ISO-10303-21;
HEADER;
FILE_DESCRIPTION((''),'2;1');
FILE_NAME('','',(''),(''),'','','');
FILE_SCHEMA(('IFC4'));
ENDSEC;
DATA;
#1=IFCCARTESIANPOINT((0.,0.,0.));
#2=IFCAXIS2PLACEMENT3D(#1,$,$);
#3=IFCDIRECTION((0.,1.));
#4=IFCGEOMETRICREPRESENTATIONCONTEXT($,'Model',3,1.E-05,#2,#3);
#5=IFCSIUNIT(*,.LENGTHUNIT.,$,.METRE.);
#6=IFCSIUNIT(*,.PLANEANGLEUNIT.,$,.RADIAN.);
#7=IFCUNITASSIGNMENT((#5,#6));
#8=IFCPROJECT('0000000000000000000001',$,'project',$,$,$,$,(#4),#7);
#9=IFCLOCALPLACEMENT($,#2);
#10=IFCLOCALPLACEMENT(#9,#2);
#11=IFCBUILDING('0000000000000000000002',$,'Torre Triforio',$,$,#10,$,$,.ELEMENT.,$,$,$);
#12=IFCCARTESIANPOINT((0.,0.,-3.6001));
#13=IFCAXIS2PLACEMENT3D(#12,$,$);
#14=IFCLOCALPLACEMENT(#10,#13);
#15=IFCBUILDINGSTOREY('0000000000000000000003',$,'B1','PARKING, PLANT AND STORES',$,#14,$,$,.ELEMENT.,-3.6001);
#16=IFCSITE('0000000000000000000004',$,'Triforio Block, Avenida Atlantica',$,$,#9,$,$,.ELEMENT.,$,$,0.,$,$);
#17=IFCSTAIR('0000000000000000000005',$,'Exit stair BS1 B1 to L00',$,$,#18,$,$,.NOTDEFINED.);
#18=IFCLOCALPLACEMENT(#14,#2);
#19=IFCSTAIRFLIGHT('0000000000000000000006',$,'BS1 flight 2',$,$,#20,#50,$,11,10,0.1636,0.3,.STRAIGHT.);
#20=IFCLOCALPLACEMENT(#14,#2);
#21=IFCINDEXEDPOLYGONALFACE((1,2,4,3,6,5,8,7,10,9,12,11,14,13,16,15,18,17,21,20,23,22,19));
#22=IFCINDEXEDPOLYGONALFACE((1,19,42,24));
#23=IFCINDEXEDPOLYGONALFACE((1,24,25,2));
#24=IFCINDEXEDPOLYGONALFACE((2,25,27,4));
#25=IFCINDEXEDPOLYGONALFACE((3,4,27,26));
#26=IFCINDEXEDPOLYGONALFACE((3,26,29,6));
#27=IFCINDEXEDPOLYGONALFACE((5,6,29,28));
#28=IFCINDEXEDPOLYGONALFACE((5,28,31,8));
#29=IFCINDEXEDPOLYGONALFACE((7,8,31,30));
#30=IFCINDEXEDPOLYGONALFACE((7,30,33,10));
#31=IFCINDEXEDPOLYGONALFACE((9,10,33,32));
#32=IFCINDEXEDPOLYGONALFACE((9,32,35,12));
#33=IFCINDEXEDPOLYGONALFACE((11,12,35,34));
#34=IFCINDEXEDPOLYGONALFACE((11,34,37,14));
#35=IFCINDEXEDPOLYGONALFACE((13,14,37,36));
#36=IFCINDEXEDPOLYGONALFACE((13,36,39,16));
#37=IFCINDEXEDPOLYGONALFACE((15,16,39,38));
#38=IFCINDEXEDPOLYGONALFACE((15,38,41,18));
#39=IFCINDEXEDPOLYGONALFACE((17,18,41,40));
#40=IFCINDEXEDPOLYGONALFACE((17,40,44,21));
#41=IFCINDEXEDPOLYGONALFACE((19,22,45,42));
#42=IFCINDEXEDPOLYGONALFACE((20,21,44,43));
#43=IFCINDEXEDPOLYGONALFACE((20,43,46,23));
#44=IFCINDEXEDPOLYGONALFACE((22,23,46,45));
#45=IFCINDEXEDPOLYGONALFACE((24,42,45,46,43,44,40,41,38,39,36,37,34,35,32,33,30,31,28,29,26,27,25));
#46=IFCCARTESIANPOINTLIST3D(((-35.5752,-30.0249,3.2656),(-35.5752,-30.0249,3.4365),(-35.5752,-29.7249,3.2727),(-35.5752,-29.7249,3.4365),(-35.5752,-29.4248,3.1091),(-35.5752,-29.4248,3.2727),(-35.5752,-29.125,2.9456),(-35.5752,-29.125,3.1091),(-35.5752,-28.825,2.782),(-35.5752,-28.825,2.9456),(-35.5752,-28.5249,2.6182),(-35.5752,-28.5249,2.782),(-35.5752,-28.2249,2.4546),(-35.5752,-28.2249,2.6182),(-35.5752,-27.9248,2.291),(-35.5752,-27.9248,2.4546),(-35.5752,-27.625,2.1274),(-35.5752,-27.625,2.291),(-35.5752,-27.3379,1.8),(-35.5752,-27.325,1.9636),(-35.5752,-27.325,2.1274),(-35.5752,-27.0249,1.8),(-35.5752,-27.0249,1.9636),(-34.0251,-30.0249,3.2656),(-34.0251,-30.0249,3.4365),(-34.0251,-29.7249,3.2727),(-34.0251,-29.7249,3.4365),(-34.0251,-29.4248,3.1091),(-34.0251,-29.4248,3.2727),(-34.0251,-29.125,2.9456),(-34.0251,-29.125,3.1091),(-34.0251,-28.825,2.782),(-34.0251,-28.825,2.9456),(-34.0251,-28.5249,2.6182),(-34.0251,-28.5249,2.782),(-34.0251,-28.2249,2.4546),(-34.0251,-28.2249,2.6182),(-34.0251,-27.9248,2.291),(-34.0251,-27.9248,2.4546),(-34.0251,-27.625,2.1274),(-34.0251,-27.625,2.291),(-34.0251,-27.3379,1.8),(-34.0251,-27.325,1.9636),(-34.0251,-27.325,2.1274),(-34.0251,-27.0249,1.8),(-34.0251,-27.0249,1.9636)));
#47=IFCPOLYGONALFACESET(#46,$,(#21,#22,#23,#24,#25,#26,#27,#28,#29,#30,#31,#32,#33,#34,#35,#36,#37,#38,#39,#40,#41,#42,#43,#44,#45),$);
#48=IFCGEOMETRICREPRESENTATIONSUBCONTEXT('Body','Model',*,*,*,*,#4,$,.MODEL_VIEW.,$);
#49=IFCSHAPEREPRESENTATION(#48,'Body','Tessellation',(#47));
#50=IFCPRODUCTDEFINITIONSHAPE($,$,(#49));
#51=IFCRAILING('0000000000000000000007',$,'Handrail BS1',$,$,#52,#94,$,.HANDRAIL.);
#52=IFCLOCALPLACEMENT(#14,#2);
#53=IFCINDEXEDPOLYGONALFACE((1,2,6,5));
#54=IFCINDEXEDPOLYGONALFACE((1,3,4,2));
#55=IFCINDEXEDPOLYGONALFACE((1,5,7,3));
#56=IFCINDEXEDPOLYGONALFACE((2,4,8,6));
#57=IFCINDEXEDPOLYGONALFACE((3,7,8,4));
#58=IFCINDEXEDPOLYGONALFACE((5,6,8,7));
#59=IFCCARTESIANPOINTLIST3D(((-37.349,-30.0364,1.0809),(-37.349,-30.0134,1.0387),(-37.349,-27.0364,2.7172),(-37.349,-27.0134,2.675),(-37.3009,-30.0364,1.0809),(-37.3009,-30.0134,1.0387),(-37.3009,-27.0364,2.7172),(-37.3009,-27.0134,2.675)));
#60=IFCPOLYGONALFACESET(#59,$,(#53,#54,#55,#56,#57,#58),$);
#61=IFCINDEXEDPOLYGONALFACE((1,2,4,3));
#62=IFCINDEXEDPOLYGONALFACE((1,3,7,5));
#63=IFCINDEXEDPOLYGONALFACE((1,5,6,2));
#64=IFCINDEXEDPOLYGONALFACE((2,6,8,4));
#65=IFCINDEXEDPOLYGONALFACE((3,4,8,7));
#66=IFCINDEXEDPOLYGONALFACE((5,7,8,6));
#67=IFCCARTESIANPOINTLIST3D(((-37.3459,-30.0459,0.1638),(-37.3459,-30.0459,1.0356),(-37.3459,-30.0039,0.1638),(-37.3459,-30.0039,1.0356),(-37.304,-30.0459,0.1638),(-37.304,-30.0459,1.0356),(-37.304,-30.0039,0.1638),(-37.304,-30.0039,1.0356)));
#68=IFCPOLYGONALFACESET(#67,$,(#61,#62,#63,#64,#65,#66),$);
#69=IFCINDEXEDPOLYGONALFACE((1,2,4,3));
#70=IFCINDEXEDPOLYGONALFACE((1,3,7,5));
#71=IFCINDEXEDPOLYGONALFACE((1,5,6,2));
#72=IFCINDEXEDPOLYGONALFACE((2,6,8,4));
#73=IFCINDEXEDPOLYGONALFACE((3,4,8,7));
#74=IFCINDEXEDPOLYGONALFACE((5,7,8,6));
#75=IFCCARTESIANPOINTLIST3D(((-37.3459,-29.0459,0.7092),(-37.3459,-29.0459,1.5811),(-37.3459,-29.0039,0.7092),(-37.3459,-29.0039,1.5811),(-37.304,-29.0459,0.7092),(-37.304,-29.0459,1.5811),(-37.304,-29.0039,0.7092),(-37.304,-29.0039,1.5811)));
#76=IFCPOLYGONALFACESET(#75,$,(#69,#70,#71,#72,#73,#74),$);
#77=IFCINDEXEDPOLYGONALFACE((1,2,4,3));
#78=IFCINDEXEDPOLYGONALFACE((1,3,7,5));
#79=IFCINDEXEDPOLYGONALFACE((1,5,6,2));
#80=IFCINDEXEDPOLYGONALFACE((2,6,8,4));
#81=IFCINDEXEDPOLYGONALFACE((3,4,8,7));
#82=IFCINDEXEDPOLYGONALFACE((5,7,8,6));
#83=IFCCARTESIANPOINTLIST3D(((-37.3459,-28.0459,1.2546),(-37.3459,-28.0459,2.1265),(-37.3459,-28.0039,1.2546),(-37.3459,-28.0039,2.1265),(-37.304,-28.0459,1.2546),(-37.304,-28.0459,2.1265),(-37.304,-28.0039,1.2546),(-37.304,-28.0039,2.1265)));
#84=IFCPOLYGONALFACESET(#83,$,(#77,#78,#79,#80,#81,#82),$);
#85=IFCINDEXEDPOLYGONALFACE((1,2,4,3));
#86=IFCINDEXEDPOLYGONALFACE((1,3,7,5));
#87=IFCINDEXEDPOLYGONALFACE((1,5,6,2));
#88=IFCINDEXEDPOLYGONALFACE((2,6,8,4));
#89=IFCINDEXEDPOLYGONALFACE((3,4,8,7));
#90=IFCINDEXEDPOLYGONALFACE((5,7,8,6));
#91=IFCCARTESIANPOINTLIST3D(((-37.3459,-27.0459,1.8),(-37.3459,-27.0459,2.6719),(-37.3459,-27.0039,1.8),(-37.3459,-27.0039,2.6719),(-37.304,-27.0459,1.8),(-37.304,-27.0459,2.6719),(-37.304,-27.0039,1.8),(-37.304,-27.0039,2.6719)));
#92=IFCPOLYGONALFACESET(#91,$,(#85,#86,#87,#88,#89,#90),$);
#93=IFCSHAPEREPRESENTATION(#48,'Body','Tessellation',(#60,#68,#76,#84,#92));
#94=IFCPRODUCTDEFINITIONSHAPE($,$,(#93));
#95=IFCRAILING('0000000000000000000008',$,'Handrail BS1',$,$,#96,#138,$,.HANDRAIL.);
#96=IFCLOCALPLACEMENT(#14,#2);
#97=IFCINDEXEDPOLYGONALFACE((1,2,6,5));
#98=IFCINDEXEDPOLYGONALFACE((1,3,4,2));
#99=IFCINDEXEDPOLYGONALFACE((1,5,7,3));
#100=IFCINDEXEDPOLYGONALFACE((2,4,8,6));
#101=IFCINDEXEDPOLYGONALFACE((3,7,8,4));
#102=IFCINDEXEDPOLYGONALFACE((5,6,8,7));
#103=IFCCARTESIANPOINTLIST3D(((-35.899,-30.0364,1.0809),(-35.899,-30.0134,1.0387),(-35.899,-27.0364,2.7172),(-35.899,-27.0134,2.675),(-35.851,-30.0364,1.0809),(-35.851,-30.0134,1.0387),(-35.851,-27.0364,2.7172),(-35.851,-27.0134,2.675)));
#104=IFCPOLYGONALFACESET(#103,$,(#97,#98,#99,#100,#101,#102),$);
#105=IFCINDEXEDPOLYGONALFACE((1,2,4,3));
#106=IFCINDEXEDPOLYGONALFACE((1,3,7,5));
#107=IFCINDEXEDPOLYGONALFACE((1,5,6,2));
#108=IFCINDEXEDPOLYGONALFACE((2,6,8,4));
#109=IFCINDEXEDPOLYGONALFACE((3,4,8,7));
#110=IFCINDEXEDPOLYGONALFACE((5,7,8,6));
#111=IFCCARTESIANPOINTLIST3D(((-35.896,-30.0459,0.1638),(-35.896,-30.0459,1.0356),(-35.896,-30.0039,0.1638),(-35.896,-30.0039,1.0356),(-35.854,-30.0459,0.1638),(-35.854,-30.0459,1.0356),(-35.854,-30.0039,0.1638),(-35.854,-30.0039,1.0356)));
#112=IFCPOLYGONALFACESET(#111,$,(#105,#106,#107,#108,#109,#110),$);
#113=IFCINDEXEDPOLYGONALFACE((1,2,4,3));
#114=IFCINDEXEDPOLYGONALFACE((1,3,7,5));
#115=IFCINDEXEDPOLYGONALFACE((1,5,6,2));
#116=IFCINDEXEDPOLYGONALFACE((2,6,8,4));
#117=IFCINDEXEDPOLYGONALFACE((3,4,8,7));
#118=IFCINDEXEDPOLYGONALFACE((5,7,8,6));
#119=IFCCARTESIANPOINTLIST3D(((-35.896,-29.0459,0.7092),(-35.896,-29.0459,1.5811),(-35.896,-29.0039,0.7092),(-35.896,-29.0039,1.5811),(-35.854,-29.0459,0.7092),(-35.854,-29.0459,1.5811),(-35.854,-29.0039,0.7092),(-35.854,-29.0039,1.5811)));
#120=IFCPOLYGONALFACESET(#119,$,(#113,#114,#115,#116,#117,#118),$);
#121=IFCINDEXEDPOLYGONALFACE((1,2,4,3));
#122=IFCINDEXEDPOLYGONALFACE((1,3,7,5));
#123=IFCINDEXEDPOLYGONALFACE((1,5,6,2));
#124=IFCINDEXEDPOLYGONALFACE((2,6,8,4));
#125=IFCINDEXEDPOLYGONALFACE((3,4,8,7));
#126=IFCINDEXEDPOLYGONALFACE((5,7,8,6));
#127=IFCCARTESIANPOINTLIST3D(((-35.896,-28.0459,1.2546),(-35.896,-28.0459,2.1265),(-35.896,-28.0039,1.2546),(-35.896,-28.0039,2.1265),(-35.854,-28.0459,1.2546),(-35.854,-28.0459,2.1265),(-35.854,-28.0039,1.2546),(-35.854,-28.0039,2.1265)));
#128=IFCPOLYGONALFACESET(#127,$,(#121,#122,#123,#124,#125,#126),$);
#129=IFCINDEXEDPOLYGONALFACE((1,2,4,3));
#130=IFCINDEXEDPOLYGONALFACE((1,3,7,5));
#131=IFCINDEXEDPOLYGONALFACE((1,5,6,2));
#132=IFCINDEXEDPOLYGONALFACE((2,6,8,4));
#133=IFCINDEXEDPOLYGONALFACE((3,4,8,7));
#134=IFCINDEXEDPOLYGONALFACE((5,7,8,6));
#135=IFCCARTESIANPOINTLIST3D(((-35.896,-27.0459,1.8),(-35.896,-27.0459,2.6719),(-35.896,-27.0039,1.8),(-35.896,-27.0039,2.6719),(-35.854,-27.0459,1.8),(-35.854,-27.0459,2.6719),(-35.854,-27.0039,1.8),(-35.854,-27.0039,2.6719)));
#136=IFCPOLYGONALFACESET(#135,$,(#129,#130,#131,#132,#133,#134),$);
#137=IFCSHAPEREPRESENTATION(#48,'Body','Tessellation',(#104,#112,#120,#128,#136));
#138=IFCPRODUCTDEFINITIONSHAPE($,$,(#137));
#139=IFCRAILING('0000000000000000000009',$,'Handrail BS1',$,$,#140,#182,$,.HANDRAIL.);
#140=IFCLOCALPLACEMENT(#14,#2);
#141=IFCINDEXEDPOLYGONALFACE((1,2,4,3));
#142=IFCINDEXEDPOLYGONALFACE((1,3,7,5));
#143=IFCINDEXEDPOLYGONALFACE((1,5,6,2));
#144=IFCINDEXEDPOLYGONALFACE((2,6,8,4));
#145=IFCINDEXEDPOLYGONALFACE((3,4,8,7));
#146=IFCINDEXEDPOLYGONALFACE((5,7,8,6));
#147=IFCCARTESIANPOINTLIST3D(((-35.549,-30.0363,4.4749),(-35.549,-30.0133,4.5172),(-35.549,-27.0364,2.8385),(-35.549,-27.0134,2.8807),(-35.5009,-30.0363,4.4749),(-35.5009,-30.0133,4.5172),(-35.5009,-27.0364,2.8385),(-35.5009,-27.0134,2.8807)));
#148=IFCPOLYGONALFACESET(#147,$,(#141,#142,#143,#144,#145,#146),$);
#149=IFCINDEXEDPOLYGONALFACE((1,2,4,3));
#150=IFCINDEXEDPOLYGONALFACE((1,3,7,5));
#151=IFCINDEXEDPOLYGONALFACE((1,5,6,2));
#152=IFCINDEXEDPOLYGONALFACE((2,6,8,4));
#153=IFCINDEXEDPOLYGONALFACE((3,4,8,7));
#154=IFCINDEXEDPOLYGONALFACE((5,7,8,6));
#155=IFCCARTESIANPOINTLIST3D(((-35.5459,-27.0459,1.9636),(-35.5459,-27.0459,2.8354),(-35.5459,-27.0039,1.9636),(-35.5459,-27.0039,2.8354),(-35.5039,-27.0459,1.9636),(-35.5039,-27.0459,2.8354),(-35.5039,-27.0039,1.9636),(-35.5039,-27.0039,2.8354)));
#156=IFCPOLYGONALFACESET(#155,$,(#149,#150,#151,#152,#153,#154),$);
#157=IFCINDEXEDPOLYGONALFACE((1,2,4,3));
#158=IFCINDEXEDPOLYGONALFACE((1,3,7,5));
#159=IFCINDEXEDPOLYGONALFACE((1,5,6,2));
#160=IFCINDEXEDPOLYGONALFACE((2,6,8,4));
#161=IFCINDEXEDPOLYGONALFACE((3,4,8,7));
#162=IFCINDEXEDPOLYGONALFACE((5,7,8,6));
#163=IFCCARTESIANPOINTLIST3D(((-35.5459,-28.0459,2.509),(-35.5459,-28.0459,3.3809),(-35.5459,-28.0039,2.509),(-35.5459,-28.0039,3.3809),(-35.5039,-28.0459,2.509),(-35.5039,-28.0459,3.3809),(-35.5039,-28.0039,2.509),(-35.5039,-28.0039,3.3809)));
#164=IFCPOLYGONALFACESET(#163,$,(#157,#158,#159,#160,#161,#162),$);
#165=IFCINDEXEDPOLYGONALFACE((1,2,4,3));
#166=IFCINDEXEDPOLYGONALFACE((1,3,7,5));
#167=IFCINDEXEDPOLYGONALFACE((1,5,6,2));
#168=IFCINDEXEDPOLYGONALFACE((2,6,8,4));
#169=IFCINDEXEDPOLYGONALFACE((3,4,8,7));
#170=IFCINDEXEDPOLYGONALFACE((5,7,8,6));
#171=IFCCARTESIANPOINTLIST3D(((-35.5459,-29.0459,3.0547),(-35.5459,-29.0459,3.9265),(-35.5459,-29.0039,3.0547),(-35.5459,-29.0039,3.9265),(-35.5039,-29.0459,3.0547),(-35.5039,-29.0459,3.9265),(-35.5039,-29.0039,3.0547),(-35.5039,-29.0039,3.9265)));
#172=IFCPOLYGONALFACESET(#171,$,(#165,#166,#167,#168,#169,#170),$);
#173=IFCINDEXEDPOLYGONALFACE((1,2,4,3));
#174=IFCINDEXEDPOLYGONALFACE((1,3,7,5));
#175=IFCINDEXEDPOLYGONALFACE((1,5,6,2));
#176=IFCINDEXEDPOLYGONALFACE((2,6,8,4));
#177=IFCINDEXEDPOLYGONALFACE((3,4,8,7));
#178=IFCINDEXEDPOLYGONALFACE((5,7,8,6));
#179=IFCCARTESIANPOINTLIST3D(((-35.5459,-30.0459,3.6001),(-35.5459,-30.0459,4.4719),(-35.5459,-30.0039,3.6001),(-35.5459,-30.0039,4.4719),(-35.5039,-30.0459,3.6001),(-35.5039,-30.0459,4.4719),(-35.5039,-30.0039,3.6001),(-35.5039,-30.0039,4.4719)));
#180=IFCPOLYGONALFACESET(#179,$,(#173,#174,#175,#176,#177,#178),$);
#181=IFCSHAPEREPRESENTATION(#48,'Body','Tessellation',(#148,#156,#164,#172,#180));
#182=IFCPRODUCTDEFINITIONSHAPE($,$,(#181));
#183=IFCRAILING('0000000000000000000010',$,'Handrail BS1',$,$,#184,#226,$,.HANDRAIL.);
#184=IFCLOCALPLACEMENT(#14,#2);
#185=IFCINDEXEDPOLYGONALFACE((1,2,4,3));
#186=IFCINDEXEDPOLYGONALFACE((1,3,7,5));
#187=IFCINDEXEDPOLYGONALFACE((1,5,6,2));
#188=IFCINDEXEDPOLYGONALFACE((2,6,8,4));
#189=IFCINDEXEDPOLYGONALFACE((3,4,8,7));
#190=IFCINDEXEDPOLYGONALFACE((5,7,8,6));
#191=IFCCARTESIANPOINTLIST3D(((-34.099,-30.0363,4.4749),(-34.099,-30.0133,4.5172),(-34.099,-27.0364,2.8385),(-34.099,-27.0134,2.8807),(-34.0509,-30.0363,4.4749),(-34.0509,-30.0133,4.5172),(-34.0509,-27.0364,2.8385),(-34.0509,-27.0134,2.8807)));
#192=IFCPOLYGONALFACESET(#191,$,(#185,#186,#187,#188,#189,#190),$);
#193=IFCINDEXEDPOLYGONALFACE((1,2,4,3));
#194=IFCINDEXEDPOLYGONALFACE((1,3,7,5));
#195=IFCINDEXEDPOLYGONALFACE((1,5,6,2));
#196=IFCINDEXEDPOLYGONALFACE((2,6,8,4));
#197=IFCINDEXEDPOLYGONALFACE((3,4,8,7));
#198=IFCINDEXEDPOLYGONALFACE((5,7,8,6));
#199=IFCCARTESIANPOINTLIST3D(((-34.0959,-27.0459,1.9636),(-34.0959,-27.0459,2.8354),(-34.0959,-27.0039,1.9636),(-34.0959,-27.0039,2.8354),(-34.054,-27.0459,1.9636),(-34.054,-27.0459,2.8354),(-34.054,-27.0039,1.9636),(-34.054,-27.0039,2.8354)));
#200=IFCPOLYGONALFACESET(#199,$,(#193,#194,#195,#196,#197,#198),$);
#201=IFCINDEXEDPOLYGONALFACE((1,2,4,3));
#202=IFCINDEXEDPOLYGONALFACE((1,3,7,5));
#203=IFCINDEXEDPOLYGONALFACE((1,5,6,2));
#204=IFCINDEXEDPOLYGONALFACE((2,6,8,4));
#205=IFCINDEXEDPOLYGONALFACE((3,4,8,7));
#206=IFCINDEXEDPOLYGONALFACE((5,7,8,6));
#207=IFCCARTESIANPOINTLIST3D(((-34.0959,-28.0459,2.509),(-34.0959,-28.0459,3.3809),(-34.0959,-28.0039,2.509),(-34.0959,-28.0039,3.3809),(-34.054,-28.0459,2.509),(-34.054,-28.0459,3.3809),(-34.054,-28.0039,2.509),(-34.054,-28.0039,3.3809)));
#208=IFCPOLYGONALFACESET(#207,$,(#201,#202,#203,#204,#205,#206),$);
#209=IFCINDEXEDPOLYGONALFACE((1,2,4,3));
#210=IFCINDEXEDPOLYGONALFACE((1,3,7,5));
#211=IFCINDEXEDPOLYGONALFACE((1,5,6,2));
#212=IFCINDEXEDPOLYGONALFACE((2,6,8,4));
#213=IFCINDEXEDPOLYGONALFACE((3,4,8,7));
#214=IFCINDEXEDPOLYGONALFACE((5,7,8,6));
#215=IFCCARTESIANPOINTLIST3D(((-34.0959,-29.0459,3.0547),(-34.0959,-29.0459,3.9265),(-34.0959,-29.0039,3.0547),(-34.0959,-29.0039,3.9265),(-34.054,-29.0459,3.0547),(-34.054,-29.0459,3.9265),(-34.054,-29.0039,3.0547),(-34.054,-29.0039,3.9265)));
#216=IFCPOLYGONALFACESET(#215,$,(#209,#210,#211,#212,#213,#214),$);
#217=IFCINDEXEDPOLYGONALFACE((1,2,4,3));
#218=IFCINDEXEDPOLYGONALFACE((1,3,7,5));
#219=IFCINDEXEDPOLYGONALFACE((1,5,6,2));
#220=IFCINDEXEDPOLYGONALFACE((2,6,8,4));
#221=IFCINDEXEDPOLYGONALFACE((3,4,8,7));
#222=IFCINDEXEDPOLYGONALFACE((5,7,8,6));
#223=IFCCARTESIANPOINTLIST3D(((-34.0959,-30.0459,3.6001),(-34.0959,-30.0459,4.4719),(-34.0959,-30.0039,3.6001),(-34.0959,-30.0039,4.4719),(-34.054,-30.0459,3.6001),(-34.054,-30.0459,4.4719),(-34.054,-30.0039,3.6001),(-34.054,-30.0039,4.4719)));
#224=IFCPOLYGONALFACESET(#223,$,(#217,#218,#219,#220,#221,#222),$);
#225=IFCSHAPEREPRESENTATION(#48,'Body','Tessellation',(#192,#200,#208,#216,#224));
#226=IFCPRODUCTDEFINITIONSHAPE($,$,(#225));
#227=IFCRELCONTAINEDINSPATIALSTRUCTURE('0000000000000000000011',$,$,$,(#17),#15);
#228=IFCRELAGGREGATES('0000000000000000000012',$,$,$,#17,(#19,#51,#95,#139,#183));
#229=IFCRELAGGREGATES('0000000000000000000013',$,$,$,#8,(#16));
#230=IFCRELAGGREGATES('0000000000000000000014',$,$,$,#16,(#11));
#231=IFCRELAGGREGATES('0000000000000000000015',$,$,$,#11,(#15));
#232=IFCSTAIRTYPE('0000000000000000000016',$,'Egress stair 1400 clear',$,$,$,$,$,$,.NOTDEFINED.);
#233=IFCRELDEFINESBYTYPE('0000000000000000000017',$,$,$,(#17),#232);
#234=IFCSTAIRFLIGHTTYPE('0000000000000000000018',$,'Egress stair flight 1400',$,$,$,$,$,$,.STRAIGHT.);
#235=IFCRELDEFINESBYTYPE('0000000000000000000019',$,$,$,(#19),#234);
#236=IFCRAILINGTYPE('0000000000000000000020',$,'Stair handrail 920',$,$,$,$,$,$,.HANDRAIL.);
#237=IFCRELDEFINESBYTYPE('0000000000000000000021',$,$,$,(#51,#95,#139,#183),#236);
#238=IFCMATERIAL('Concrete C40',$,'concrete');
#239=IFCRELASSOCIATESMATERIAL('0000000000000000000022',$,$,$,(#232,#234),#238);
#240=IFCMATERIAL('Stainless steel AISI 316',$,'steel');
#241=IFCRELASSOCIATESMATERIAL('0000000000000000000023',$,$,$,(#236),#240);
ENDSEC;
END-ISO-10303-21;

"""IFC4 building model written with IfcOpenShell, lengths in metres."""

from ifc_helpers import new_model, si_unit, direction, frame, origin, origin_2d, place, context, subcontext, project, spatial, polyline, rectangle, outline, extrude, material, type_object, element, aggregate, save


model = new_model("IFC4")

# Units and contexts
model_context = context("Model", 3, precision=1e-05, world=origin(), true_north=direction((0.0, 1.0)))
body_context = subcontext(model_context, "Body", "Model", "MODEL_VIEW")
ifc_project = project(units=[si_unit("LENGTHUNIT", "METRE"), si_unit("PLANEANGLEUNIT", "RADIAN")], contexts=[model_context])

# Site, building, storey
site_placement = place(None, origin())
site = spatial("IfcSite", under=ifc_project, at=site_placement, Name="Triforio Block, Avenida Atlantica", CompositionType="ELEMENT", RefElevation=0.0)
building_placement = place(site_placement, origin())
building = spatial("IfcBuilding", under=site, at=building_placement, Name="Torre Triforio", CompositionType="ELEMENT")
storey_placement = place(building_placement, frame((0.0, 0.0, -3.6001)))
storey = spatial("IfcBuildingStorey", under=building, at=storey_placement, Name="B1", Description="PARKING, PLANT AND STORES", CompositionType="ELEMENT", Elevation=-3.6001)

# Shared definitions
ifc_material_1 = material(Name="Concrete C40", Category="concrete")

# Stair, stair flight, railings
stair_type = type_object("IfcStairType", Name="Egress stair 1400 clear", PredefinedType="NOTDEFINED", material=ifc_material_1)
stair_placement = place(storey_placement, origin())
stair = element("IfcStair", 1, at=stair_placement, inside=storey, type_object=stair_type, Name="Exit stair BS1 B1 to L00", PredefinedType="NOTDEFINED")
stair_flight_type = type_object("IfcStairFlightType", Name="Egress stair flight 1400", PredefinedType="STRAIGHT", material=ifc_material_1)
stair_flight_1_placement = place(storey_placement, frame((-34.8, -27.0249, 1.8), z_axis=(0.0, 0.0, 1.0), x_axis=(0.0, -1.0, 0.0)))
stair_flight_1 = element("IfcStairFlight", 2, at=stair_flight_1_placement, type_object=stair_flight_type, Name="BS1 flight 2", NumberOfRisers=11, NumberOfTreads=10, PredefinedType="STRAIGHT", RiserHeight=0.1636, TreadLength=0.3, context=body_context, shape_type="SweptSolid", body=[
    extrude(outline(polyline([(0.0, 0.0), (0.0, 0.1636), (0.3, 0.1636), (0.3, 0.3274), (0.6001, 0.3274), (0.6001, 0.491), (0.8999, 0.491), (0.8999, 0.6545), (1.2, 0.6545), (1.2, 0.8181), (1.5, 0.8181), (1.5, 0.9819), (1.8, 0.9819), (1.8, 1.1455), (2.1001, 1.1455), (2.1001, 1.3091), (2.3999, 1.3091), (2.3999, 1.4727), (2.7, 1.4727), (2.7, 1.6365), (3.0, 1.6365), (3.0, 1.8), (3.0, 1.4656), (0.313, 0.0), (0.0, 0.0)])), frame((0.0, 0.7749, 0.0), z_axis=(0.0, -1.0, 0.0), x_axis=(1.0, 0.0, 0.0)), (0.0, 0.0, 1.0), 1.55),
])
ifc_material_2 = material(Name="Stainless steel AISI 316", Category="steel")
railing_type_1 = type_object("IfcRailingType", Name="Stair handrail 920", PredefinedType="HANDRAIL", material=ifc_material_2)
railing_1_placement = place(storey_placement, frame((-37.325, -30.0249, 0.1638)))
railing_1 = element("IfcRailing", 3, at=railing_1_placement, type_object=railing_type_1, Name="Handrail BS1", PredefinedType="HANDRAIL", context=body_context, shape_type="SweptSolid", body=[
    extrude(rectangle(XDim=0.0481, YDim=0.0481, at=origin_2d()), frame((0.0, 0.0, 0.896), z_axis=(0.0, 0.877912, 0.478822), x_axis=(-1.0, 0.0, 0.0)), (0.0, 0.0, 1.0), 3.4172),
    extrude(rectangle(XDim=0.042, YDim=0.042, at=origin_2d()), origin(), (0.0, 0.0, 1.0), 0.8718),
    extrude(rectangle(XDim=0.042, YDim=0.042, at=origin_2d()), frame((0.0, 1.0, 0.5454)), (0.0, 0.0, 1.0), 0.8718),
    extrude(rectangle(XDim=0.042, YDim=0.042, at=origin_2d()), frame((0.0, 2.0, 1.0908)), (0.0, 0.0, 1.0), 0.8718),
    extrude(rectangle(XDim=0.042, YDim=0.042, at=origin_2d()), frame((0.0, 3.0, 1.6362)), (0.0, 0.0, 1.0), 0.8718),
])
railing_2_placement = place(storey_placement, frame((-35.875, -30.0249, 0.1638)))
railing_2 = element("IfcRailing", 4, at=railing_2_placement, type_object=railing_type_1, Name="Handrail BS1", PredefinedType="HANDRAIL", context=body_context, shape_type="SweptSolid", body=[
    extrude(rectangle(XDim=0.0481, YDim=0.0481, at=origin_2d()), frame((0.0, 0.0, 0.896), z_axis=(0.0, 0.877912, 0.478822), x_axis=(-1.0, 0.0, 0.0)), (0.0, 0.0, 1.0), 3.4172),
    extrude(rectangle(XDim=0.042, YDim=0.042, at=origin_2d()), origin(), (0.0, 0.0, 1.0), 0.8718),
    extrude(rectangle(XDim=0.042, YDim=0.042, at=origin_2d()), frame((0.0, 1.0, 0.5454)), (0.0, 0.0, 1.0), 0.8718),
    extrude(rectangle(XDim=0.042, YDim=0.042, at=origin_2d()), frame((0.0, 2.0, 1.0908)), (0.0, 0.0, 1.0), 0.8718),
    extrude(rectangle(XDim=0.042, YDim=0.042, at=origin_2d()), frame((0.0, 3.0, 1.6362)), (0.0, 0.0, 1.0), 0.8718),
])
railing_3_placement = place(storey_placement, frame((-35.5249, -27.0249, 1.9636)))
railing_3 = element("IfcRailing", 5, at=railing_3_placement, type_object=railing_type_1, Name="Handrail BS1", PredefinedType="HANDRAIL", context=body_context, shape_type="SweptSolid", body=[
    extrude(rectangle(XDim=0.0481, YDim=0.0481, at=origin_2d()), frame((0.0, 0.0, 0.896), z_axis=(0.0, -0.877882, 0.478877), x_axis=(1.0, 0.0, 0.0)), (0.0, 0.0, 1.0), 3.4172),
    extrude(rectangle(XDim=0.042, YDim=0.042, at=origin_2d()), origin(), (0.0, 0.0, 1.0), 0.8718),
    extrude(rectangle(XDim=0.042, YDim=0.042, at=origin_2d()), frame((0.0, -1.0, 0.5454)), (0.0, 0.0, 1.0), 0.8718),
    extrude(rectangle(XDim=0.042, YDim=0.042, at=origin_2d()), frame((0.0, -2.0, 1.0911)), (0.0, 0.0, 1.0), 0.8718),
    extrude(rectangle(XDim=0.042, YDim=0.042, at=origin_2d()), frame((0.0, -3.0, 1.6365)), (0.0, 0.0, 1.0), 0.8718),
])
railing_4_placement = place(storey_placement, frame((-34.075, -27.0249, 1.9636)))
railing_4 = element("IfcRailing", 6, at=railing_4_placement, type_object=railing_type_1, Name="Handrail BS1", PredefinedType="HANDRAIL", context=body_context, shape_type="SweptSolid", body=[
    extrude(rectangle(XDim=0.0481, YDim=0.0481, at=origin_2d()), frame((0.0, 0.0, 0.896), z_axis=(0.0, -0.877882, 0.478877), x_axis=(1.0, 0.0, 0.0)), (0.0, 0.0, 1.0), 3.4172),
    extrude(rectangle(XDim=0.042, YDim=0.042, at=origin_2d()), origin(), (0.0, 0.0, 1.0), 0.8718),
    extrude(rectangle(XDim=0.042, YDim=0.042, at=origin_2d()), frame((0.0, -1.0, 0.5454)), (0.0, 0.0, 1.0), 0.8718),
    extrude(rectangle(XDim=0.042, YDim=0.042, at=origin_2d()), frame((0.0, -2.0, 1.0911)), (0.0, 0.0, 1.0), 0.8718),
    extrude(rectangle(XDim=0.042, YDim=0.042, at=origin_2d()), frame((0.0, -3.0, 1.6365)), (0.0, 0.0, 1.0), 0.8718),
])
aggregate(stair, [stair_flight_1, railing_1, railing_2, railing_3, railing_4])

save(model, "model.ifc")
